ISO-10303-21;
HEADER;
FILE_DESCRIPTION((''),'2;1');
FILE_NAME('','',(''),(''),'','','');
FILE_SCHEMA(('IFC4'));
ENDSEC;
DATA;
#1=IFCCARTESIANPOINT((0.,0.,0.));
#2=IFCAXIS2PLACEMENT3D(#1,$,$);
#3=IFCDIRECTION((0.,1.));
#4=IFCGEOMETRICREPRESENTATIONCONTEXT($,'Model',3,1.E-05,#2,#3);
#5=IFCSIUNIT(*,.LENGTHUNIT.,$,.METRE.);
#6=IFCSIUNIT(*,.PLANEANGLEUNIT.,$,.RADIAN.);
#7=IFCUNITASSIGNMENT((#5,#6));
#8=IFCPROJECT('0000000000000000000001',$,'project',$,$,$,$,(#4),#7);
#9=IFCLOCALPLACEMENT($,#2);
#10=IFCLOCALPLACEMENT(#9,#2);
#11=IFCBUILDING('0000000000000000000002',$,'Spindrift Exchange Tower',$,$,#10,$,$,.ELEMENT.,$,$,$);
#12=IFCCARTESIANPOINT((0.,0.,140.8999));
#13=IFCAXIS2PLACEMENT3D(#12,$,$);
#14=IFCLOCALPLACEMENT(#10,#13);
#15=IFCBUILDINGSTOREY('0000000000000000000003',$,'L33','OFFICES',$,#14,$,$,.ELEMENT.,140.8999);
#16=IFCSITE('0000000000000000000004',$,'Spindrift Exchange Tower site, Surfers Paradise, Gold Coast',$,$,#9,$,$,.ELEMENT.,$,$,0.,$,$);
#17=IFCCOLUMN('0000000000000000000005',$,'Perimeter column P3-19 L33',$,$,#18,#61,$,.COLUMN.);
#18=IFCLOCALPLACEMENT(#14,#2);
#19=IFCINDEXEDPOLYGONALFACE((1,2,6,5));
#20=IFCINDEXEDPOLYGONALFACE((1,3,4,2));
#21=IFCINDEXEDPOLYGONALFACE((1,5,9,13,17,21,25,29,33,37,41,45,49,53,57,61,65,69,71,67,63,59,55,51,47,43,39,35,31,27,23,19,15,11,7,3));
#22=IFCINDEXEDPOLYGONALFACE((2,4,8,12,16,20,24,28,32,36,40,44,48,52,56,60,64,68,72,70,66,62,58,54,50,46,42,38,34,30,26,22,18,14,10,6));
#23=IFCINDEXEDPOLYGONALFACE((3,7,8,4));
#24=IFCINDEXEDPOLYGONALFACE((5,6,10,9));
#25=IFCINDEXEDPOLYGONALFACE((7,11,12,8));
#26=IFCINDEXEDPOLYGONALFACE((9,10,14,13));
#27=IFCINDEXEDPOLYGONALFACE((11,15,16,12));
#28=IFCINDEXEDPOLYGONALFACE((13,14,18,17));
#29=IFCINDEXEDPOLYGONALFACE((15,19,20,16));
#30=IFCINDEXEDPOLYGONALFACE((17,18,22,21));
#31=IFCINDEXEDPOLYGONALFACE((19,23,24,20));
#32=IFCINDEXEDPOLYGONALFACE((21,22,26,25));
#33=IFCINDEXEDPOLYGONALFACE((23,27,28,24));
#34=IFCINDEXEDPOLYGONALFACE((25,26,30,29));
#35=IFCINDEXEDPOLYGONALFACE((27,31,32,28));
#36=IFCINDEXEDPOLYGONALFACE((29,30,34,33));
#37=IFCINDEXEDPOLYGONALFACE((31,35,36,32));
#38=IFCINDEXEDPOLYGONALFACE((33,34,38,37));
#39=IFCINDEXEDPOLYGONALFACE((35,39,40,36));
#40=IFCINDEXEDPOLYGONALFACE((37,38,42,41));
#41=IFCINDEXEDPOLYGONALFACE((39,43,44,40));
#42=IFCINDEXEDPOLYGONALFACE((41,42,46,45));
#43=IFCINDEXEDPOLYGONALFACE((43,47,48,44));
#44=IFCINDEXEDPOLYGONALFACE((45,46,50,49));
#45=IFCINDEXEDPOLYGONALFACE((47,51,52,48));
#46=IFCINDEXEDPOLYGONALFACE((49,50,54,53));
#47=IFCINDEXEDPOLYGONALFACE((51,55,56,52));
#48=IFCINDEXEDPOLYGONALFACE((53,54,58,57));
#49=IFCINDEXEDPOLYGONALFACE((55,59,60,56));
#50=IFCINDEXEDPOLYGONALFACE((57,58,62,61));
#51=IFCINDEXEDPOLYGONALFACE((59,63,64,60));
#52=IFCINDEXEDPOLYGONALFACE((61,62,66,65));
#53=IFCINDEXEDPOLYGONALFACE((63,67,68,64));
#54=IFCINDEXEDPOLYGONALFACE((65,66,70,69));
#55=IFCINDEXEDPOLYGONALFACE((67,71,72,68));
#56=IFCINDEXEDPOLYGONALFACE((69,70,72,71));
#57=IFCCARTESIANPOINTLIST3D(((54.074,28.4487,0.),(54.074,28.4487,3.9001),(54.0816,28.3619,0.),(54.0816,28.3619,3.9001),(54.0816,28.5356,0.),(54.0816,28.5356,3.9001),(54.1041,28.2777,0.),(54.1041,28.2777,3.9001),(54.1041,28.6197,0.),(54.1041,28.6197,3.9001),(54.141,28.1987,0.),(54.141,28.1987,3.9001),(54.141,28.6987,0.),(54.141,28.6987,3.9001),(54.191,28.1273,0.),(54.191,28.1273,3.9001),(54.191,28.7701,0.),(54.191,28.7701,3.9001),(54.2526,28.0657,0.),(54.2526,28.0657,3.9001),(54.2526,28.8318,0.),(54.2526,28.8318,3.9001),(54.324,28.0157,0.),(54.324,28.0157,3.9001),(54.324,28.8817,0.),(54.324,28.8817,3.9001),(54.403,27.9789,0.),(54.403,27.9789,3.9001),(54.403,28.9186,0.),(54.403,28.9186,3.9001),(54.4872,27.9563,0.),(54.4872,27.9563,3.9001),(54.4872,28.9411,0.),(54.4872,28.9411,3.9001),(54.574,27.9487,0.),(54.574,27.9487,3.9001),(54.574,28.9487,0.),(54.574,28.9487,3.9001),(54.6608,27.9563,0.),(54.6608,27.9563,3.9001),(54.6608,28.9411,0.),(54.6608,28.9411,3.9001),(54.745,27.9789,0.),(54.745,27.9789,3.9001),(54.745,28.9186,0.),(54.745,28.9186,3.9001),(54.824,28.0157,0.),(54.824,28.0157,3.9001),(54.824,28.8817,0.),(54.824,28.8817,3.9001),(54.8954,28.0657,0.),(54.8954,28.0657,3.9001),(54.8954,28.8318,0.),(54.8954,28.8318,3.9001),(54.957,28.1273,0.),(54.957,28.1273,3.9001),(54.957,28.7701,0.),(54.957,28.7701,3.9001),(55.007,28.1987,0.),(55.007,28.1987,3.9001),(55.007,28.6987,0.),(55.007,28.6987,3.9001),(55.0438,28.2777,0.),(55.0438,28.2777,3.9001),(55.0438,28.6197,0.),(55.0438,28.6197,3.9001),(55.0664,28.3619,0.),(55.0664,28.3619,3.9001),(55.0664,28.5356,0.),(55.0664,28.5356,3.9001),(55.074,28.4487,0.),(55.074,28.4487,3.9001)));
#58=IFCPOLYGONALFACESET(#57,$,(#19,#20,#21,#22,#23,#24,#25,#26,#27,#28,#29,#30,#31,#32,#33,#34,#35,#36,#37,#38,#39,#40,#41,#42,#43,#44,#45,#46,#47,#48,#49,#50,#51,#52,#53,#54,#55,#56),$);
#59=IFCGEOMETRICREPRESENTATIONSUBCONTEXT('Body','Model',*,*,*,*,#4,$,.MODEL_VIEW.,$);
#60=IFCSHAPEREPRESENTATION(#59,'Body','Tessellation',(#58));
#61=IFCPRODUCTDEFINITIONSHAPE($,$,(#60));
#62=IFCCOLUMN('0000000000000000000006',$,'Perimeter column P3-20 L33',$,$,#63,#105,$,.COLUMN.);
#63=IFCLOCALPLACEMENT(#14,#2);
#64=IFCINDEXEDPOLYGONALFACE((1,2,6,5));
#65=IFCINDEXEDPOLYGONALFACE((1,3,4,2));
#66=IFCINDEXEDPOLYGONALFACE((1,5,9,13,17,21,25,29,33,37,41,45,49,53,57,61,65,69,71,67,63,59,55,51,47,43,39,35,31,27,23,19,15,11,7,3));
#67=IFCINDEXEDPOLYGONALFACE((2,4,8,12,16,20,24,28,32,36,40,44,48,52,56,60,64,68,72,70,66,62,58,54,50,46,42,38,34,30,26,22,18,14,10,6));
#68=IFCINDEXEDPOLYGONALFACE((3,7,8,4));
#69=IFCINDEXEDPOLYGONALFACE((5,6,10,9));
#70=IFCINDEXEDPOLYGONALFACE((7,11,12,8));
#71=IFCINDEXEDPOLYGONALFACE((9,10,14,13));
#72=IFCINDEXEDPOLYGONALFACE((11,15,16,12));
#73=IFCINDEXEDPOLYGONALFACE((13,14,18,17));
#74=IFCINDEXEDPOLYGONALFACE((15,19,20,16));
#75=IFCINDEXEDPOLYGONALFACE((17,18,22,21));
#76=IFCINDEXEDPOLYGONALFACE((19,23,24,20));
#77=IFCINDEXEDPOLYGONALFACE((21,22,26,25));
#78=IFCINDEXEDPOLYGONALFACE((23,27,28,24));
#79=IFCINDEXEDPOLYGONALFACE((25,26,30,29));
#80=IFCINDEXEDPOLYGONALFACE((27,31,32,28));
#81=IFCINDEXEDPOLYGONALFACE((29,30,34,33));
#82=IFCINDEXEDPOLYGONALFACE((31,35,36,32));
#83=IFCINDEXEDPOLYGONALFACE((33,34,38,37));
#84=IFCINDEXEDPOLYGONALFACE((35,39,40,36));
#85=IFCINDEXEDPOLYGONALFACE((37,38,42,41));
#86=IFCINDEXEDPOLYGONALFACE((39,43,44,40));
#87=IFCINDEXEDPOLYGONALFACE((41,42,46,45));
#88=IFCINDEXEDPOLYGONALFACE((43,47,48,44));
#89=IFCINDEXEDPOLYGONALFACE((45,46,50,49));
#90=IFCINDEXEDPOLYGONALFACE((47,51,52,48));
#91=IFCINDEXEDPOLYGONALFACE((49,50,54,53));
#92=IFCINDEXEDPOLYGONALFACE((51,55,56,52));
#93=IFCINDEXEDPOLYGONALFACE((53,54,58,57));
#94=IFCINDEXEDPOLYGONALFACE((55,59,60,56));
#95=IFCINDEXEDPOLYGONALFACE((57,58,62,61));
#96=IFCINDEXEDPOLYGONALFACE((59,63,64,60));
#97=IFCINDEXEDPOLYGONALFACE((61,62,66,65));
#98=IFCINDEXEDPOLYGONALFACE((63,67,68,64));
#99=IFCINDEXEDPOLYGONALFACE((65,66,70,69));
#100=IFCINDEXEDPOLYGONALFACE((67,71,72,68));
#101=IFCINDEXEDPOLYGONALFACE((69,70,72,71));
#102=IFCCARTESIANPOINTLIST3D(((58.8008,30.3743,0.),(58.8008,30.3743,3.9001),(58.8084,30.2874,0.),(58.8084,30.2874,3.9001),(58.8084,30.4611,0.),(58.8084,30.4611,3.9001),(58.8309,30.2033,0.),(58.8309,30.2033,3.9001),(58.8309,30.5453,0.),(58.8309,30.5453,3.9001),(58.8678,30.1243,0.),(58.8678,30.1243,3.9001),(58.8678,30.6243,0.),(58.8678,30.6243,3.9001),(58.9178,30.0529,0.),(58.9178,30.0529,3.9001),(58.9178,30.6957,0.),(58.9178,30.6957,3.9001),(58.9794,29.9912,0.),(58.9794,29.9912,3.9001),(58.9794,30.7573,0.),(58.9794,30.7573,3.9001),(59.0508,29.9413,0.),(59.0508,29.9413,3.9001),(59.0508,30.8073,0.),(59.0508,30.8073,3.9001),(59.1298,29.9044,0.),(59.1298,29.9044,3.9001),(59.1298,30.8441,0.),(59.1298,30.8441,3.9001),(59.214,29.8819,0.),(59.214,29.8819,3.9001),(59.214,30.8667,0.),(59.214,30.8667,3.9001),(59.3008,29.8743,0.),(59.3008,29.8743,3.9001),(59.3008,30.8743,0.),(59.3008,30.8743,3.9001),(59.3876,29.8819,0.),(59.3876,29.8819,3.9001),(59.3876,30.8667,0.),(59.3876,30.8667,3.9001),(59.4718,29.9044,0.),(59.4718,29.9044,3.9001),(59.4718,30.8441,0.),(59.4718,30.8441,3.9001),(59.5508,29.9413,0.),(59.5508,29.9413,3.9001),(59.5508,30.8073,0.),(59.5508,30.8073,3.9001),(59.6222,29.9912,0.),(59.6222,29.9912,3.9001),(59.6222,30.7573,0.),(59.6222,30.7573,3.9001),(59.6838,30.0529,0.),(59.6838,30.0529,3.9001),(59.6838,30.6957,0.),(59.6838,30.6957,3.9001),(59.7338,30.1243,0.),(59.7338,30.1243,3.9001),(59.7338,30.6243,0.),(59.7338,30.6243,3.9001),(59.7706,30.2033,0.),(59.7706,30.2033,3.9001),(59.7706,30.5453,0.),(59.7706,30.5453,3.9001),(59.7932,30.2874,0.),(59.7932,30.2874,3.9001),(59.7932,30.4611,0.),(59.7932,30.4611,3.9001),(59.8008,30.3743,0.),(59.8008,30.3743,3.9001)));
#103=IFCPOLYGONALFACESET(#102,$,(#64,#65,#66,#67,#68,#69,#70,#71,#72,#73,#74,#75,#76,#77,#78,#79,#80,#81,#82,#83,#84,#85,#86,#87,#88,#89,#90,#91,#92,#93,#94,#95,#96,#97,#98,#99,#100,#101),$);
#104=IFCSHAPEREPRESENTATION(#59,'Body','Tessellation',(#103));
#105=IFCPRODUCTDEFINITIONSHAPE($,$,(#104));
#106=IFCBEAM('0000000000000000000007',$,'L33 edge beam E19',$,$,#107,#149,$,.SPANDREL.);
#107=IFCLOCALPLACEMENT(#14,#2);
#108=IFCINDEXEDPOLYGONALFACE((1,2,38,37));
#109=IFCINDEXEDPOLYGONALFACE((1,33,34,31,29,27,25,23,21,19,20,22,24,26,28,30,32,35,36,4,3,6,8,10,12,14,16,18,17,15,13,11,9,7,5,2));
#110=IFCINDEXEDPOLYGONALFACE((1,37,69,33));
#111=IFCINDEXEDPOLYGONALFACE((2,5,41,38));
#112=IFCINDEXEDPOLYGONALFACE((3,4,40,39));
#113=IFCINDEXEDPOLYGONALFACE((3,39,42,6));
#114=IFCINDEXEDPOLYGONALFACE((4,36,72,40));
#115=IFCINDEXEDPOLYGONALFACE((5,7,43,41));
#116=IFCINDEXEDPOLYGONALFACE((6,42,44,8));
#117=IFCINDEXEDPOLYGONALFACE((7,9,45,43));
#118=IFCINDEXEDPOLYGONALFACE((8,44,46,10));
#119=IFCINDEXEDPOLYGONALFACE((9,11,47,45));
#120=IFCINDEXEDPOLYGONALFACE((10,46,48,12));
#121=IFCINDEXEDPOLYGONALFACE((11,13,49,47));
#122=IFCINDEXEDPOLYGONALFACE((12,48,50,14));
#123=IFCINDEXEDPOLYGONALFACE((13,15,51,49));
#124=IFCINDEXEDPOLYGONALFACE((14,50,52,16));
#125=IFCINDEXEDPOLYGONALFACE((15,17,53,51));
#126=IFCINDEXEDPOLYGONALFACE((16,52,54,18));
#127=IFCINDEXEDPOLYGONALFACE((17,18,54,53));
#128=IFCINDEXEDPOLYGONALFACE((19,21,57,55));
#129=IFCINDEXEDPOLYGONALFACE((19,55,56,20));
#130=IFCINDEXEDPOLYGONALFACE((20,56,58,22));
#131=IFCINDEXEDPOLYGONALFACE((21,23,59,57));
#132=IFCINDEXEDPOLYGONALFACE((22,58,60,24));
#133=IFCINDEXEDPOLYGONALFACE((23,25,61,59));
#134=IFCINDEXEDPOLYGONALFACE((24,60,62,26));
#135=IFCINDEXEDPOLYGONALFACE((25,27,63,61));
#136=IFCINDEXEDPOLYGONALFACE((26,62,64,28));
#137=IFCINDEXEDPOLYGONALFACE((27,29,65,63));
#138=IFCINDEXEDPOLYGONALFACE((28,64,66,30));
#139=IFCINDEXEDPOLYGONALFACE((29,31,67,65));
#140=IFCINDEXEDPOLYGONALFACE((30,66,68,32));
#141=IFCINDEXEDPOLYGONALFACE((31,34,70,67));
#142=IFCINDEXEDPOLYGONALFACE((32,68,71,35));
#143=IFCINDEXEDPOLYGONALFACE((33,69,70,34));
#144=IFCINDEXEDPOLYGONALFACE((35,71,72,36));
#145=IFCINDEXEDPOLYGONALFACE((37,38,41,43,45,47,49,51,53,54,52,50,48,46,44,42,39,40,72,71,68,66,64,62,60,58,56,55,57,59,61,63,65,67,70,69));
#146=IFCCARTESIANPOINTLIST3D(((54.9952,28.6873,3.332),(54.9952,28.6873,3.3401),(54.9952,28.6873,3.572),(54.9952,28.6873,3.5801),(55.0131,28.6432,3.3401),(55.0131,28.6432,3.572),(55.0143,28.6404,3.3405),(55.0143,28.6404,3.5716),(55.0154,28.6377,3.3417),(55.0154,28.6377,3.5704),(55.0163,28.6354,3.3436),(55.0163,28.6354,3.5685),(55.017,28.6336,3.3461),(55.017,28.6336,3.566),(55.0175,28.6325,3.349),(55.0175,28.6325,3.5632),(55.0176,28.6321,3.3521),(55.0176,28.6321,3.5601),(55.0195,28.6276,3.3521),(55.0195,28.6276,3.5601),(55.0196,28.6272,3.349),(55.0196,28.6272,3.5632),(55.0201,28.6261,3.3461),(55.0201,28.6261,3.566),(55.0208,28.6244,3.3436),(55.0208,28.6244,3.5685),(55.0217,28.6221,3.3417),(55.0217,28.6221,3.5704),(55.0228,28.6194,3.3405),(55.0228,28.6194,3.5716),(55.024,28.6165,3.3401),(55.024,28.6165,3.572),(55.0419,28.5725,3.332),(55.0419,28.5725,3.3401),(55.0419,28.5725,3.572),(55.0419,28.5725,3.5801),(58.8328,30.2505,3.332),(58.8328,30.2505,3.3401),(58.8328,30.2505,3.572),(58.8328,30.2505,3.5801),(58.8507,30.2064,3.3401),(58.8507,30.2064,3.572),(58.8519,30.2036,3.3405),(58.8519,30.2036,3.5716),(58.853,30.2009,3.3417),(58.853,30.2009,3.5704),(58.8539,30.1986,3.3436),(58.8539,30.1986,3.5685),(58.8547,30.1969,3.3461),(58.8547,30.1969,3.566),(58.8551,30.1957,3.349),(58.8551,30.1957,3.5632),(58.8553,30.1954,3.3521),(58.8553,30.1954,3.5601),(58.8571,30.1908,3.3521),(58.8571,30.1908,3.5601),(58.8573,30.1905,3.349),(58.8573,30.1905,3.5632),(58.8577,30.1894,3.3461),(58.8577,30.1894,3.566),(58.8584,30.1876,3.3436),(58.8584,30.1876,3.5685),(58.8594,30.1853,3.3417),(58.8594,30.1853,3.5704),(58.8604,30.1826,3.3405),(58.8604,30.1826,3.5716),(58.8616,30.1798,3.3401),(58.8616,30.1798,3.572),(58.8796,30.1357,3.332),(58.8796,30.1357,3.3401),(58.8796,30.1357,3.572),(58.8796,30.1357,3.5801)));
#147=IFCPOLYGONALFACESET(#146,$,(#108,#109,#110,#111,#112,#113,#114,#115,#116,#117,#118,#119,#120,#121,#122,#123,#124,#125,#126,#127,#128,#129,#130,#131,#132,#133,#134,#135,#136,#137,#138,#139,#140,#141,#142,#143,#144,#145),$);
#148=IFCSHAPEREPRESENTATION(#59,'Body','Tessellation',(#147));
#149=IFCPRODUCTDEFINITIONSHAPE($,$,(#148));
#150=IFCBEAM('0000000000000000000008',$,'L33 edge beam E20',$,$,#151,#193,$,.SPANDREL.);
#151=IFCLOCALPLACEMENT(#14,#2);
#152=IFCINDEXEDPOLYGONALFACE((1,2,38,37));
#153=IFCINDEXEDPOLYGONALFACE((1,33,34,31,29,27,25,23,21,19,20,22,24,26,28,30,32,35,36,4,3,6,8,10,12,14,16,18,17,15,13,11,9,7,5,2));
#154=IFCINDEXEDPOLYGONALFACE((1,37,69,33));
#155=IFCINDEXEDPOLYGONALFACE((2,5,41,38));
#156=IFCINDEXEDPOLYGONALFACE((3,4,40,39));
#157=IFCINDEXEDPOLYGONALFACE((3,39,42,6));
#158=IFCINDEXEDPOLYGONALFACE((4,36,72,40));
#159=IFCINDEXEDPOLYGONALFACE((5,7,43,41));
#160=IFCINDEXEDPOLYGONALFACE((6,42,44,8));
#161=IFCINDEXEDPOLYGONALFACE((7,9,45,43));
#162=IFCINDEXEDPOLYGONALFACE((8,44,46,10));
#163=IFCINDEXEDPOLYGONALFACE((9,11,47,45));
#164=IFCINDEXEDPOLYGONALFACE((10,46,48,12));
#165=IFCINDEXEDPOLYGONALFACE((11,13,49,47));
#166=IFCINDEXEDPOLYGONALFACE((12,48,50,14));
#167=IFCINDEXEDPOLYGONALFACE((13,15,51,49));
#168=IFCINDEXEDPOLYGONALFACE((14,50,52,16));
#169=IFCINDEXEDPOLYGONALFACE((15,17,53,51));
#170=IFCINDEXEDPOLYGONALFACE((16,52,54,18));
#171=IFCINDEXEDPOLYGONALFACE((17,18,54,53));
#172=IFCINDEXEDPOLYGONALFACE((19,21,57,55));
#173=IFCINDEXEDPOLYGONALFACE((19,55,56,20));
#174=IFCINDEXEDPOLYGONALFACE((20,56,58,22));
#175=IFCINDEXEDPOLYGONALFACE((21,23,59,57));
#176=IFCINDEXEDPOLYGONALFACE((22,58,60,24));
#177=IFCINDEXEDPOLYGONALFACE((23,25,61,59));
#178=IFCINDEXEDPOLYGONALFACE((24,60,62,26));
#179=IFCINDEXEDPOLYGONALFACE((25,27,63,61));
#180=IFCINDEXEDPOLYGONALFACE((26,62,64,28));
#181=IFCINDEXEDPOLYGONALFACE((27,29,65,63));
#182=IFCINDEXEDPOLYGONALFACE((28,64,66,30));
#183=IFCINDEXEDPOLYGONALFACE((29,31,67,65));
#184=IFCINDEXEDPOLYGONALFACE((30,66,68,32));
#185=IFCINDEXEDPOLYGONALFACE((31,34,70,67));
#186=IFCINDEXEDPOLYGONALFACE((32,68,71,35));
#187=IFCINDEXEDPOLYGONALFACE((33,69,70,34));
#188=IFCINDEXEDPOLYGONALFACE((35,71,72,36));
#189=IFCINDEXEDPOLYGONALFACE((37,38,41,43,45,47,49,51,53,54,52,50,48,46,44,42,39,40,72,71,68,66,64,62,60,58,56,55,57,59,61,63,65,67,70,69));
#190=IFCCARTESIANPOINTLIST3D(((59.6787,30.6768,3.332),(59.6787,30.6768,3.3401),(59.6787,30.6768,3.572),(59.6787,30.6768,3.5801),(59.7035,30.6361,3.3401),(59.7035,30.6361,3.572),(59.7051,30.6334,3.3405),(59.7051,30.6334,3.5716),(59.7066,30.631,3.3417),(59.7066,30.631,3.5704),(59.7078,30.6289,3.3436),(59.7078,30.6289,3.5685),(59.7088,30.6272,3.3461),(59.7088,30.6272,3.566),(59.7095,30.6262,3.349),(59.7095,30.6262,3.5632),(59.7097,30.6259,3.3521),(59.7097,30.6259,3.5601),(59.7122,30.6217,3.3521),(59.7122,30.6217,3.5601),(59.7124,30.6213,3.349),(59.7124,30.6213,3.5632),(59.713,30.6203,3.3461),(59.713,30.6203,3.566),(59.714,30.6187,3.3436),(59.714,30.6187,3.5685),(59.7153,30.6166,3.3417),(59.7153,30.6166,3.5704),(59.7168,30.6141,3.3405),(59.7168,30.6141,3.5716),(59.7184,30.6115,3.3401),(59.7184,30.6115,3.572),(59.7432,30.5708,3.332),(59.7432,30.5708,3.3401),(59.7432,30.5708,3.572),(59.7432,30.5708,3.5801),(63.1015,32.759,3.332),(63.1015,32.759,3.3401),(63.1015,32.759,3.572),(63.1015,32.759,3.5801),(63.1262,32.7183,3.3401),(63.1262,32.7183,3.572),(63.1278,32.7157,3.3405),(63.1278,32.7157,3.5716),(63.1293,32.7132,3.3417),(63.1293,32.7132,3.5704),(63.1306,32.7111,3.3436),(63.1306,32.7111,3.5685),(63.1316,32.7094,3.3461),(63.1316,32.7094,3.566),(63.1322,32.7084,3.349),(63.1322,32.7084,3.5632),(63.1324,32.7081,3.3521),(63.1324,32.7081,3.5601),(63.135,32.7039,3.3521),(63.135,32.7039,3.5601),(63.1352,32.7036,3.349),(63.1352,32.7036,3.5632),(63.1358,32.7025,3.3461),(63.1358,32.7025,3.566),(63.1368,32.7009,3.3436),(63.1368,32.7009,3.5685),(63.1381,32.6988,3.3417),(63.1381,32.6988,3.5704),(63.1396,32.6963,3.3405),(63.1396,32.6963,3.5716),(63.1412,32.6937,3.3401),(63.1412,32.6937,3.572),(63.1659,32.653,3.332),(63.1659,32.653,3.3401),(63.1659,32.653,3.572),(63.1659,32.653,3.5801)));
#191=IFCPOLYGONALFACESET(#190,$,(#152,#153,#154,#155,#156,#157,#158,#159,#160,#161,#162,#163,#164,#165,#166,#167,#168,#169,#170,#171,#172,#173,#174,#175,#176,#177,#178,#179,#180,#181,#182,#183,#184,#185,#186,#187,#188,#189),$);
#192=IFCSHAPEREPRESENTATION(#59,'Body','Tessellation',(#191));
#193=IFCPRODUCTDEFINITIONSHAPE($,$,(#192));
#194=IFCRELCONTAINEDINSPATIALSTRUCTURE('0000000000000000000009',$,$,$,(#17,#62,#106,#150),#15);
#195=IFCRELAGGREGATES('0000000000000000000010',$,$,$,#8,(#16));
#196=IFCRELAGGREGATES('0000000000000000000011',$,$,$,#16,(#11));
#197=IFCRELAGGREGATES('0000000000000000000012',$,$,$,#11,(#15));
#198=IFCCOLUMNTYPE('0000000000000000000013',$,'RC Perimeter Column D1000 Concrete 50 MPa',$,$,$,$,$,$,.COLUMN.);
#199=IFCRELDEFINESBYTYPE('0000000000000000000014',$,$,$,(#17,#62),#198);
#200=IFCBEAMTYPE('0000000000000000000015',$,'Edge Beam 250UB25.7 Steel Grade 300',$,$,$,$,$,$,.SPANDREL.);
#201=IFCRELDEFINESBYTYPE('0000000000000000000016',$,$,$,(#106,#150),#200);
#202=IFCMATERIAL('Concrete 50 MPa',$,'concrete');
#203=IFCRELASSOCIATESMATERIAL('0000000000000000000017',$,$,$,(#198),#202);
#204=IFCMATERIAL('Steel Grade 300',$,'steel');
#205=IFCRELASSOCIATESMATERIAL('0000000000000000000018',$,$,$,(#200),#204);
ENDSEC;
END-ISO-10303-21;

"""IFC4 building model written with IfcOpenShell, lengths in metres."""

from ifc_helpers import new_model, si_unit, direction, frame, origin, origin_2d, place, context, subcontext, project, spatial, circle, i_section, extrude, source, transform, mapped, material, material_profile, profile_set, type_object, element, save


model = new_model("IFC4")

# Units and contexts
model_context = context("Model", 3, precision=1e-05, world=origin(), true_north=direction((0.0, 1.0)))
body_context = subcontext(model_context, "Body", "Model", "MODEL_VIEW")
ifc_project = project(units=[si_unit("LENGTHUNIT", "METRE"), si_unit("PLANEANGLEUNIT", "RADIAN")], contexts=[model_context])

# Site, building, storey
site_placement = place(None, origin())
site = spatial("IfcSite", under=ifc_project, at=site_placement, Name="Spindrift Exchange Tower site, Surfers Paradise, Gold Coast", CompositionType="ELEMENT", RefElevation=0.0)
building_placement = place(site_placement, origin())
building = spatial("IfcBuilding", under=site, at=building_placement, Name="Spindrift Exchange Tower", CompositionType="ELEMENT")
storey_placement = place(building_placement, frame((0.0, 0.0, 140.8999)))
storey = spatial("IfcBuildingStorey", under=building, at=storey_placement, Name="L33", Description="OFFICES", CompositionType="ELEMENT", Elevation=140.8999)

# Columns
ifc_material_1 = material(Name="Concrete 50 MPa", Category="concrete")
ifc_material_profile_1 = material_profile(ifc_material_1, circle(Radius=0.5, at=origin_2d()), Name="RC D1000")
ifc_profile_set_1 = profile_set([ifc_material_profile_1], Name="Concrete 50 MPa")
column_type = type_object("IfcColumnType", Name="RC Perimeter Column D1000 Concrete 50 MPa", PredefinedType="COLUMN", material=ifc_profile_set_1)
shared_shape_1 = source(origin(), body_context, "Body", "SweptSolid", [
    extrude(circle(Radius=0.5, at=origin_2d()), origin(), (0.0, 0.0, 1.0), 3.9001),
])
for number, where, z_axis, x_axis, name in (
    (1, (54.574, 28.4487, 0.0), (0.0, 0.0, 1.0), (1.0, 0.0, 0.0), "Perimeter column P3-19 L33"),
    (2, (59.3008, 30.3743, 0.0), (0.0, 0.0, 1.0), (1.0, 0.0, 0.0), "Perimeter column P3-20 L33"),
):
    element("IfcColumn", number, at=place(storey_placement, frame(where, z_axis=z_axis, x_axis=x_axis)), inside=storey, type_object=column_type, Name=name, PredefinedType="COLUMN", context=body_context, shape_type="MappedRepresentation", body=[
        mapped(shared_shape_1, transform((0.0, 0.0, 0.0), scale=1.0)),
    ])

# Beams
ifc_material_2 = material(Name="Steel Grade 300", Category="steel")
ifc_material_profile_2 = material_profile(ifc_material_2, i_section(OverallWidth=0.124, OverallDepth=0.248, WebThickness=0.0049, FlangeThickness=0.0081, FilletRadius=0.012, at=origin_2d()), Name="250UB25.7")
ifc_profile_set_2 = profile_set([ifc_material_profile_2], Name="Steel Grade 300")
beam_type_1 = type_object("IfcBeamType", Name="Edge Beam 250UB25.7 Steel Grade 300", PredefinedType="SPANDREL", material=ifc_profile_set_2)
shared_shape_2 = source(origin(), body_context, "Body", "SweptSolid", [
    extrude(i_section(OverallWidth=0.124, OverallDepth=0.248, WebThickness=0.0049, FlangeThickness=0.0081, FilletRadius=0.012, at=origin_2d()), origin(), (0.0, 0.0, 1.0), 4.1438),
])
beam_1_placement = place(storey_placement, frame((55.0186, 28.6299, 3.4561), z_axis=(0.926114, 0.377244, 0.0), x_axis=(-0.377244, 0.926114, 0.0)))
element("IfcBeam", 3, at=beam_1_placement, inside=storey, type_object=beam_type_1, Name="L33 edge beam E19", PredefinedType="SPANDREL", context=body_context, shape_type="MappedRepresentation", body=[
    mapped(shared_shape_2, transform((0.0, 0.0, 0.0), scale=1.0)),
])
shared_shape_3 = source(origin(), body_context, "Body", "SweptSolid", [
    extrude(i_section(OverallWidth=0.124, OverallDepth=0.248, WebThickness=0.0049, FlangeThickness=0.0081, FilletRadius=0.012, at=origin_2d()), origin(), (0.0, 0.0, 1.0), 4.0063),
])
beam_2_placement = place(storey_placement, frame((59.7109, 30.6238, 3.4561), z_axis=(0.854331, 0.519728, 0.0), x_axis=(-0.519728, 0.854331, 0.0)))
element("IfcBeam", 4, at=beam_2_placement, inside=storey, type_object=beam_type_1, Name="L33 edge beam E20", PredefinedType="SPANDREL", context=body_context, shape_type="MappedRepresentation", body=[
    mapped(shared_shape_3, transform((0.0, 0.0, 0.0), scale=1.0)),
])

save(model, "model.ifc")
